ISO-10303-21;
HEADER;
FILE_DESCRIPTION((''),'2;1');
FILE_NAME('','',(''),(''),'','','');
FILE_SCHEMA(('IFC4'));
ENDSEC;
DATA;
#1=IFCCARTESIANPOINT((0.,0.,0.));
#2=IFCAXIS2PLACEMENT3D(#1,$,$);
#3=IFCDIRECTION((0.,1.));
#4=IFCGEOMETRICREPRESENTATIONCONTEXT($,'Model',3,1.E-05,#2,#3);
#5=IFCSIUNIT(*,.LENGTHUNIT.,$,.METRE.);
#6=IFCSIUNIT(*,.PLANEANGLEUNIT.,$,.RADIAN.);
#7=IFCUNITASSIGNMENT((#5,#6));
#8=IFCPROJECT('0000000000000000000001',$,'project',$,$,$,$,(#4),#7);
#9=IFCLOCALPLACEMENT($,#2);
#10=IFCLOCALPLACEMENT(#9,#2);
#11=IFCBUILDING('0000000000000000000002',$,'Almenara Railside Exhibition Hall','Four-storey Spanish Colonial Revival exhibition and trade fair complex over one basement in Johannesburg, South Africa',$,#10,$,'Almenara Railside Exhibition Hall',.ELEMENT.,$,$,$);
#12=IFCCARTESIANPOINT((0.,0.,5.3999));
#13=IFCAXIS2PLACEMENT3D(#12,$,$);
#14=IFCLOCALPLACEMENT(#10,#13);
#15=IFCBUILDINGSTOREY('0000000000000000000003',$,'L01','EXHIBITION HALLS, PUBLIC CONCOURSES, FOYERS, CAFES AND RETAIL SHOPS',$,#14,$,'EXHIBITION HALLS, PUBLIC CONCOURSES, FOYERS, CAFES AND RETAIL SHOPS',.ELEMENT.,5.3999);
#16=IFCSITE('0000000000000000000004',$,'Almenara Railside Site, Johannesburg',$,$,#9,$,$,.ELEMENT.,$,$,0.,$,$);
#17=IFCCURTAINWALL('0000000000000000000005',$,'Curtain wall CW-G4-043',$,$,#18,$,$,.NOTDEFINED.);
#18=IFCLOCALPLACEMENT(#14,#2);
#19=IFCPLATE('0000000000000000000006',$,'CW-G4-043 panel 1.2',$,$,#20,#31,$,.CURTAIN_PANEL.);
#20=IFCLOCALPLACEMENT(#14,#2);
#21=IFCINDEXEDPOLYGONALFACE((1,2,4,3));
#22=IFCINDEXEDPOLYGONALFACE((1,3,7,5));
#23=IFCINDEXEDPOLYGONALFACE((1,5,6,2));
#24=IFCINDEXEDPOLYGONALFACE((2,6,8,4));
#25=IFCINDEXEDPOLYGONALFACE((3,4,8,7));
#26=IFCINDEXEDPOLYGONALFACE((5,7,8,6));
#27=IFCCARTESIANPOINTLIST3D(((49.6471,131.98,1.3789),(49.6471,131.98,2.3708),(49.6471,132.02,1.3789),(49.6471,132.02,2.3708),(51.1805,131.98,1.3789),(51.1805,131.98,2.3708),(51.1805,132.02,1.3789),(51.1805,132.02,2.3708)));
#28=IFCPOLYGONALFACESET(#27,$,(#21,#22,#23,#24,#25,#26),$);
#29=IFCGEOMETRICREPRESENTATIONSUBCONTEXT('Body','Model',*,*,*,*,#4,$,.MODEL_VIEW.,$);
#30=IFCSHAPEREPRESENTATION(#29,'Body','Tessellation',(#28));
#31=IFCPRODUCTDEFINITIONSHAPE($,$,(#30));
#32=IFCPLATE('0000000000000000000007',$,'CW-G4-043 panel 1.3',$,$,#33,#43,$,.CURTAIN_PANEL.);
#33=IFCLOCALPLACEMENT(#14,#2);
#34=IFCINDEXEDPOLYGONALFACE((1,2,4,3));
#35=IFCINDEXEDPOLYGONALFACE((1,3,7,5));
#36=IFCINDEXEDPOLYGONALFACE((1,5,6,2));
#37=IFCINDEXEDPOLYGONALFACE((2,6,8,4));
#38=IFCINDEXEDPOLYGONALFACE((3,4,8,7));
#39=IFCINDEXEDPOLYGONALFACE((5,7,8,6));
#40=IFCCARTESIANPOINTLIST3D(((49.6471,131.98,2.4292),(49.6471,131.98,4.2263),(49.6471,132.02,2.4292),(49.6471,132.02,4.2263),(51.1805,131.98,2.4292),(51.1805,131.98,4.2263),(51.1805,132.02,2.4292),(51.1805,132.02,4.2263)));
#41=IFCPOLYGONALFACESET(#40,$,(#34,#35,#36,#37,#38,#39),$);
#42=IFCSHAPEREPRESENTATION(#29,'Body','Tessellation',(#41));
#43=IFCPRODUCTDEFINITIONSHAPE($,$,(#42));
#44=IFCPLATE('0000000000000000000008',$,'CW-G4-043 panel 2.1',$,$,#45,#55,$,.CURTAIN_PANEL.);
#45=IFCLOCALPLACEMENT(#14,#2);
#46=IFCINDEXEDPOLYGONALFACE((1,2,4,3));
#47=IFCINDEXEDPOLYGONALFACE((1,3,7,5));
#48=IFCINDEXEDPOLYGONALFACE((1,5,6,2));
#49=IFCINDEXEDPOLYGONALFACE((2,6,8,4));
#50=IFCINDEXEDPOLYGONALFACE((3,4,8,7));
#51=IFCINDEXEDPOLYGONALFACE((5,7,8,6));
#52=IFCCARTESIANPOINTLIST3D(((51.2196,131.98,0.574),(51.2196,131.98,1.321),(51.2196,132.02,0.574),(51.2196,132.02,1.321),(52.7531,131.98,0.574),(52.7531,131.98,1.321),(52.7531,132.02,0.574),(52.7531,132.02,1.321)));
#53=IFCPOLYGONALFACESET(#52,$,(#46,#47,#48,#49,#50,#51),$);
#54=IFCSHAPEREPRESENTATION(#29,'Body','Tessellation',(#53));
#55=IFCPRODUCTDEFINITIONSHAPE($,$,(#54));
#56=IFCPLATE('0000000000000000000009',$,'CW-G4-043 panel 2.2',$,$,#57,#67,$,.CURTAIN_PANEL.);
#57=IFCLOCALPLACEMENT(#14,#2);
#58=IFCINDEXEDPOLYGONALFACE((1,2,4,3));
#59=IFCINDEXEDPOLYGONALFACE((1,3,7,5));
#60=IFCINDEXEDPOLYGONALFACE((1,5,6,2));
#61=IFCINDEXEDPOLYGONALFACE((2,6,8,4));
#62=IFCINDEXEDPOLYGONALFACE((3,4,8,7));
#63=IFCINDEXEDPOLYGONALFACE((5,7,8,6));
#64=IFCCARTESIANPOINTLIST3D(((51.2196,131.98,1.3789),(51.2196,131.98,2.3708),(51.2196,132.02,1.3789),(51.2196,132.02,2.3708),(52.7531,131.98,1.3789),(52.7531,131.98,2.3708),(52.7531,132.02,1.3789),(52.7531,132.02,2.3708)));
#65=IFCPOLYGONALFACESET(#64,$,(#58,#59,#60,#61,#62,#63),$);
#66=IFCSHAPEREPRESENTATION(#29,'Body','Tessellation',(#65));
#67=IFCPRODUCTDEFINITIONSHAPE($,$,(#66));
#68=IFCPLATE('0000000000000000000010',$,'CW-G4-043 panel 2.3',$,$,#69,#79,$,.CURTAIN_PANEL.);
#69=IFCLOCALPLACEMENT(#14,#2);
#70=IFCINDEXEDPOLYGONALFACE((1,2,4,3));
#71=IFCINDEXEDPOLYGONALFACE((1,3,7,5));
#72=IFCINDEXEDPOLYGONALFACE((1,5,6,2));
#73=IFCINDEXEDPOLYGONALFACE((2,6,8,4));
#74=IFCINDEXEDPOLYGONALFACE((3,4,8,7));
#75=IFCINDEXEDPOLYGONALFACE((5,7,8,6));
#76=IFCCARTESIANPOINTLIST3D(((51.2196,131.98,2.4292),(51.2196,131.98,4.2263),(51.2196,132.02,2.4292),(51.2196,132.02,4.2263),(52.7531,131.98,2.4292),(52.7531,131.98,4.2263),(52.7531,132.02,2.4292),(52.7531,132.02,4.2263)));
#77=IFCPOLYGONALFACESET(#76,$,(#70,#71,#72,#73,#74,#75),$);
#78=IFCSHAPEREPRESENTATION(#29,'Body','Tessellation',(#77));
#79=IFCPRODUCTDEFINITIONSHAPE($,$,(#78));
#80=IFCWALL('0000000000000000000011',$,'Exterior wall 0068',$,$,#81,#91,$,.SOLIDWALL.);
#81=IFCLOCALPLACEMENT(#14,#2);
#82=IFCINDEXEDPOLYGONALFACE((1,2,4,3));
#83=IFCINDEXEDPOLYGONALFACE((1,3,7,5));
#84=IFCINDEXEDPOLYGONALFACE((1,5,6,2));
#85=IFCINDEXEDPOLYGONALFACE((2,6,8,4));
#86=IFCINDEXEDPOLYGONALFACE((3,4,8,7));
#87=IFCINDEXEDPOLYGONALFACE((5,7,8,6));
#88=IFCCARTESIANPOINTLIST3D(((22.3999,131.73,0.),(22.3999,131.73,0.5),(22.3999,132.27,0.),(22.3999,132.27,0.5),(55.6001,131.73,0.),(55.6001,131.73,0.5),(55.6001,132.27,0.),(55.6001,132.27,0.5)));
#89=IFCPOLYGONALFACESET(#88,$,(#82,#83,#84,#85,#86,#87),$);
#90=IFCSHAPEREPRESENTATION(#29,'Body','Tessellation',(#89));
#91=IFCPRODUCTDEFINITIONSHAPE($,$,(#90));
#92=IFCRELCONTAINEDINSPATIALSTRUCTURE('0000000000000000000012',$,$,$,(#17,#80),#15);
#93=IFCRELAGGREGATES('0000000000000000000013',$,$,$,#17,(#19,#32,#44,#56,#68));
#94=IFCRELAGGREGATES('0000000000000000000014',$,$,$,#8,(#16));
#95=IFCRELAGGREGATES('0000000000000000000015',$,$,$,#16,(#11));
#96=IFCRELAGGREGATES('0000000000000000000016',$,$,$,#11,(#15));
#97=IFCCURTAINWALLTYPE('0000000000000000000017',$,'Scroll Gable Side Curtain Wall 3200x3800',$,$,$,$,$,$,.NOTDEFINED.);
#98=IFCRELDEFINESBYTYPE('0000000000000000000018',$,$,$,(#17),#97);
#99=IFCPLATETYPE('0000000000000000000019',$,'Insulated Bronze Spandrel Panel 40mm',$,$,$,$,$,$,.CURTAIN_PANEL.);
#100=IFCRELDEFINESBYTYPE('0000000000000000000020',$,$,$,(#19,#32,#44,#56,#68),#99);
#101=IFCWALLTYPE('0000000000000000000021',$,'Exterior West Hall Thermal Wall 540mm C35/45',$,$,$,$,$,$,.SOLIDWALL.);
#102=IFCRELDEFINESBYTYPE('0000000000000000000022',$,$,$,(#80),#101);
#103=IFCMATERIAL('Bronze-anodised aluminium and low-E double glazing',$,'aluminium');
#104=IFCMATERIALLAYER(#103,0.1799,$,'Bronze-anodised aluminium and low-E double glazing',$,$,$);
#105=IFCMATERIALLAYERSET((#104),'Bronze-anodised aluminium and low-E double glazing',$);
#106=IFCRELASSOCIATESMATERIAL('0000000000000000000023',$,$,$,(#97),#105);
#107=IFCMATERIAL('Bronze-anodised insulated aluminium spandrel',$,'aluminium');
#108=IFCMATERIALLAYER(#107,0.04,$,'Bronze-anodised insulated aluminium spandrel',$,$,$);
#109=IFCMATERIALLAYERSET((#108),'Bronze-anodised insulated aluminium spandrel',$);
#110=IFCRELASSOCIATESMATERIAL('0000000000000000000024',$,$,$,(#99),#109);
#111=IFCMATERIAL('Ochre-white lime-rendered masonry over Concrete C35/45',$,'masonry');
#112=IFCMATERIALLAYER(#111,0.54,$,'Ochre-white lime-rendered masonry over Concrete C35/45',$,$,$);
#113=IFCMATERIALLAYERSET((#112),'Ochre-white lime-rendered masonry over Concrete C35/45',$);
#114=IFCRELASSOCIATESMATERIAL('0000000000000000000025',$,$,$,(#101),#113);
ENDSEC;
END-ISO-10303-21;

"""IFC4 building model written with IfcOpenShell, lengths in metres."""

from ifc_helpers import new_model, si_unit, direction, frame, frame_2d, origin, origin_2d, place, context, subcontext, project, spatial, rectangle, extrude, material, layer, layer_set, type_object, element, aggregate, save


model = new_model("IFC4")

# Units and contexts
model_context = context("Model", 3, precision=1e-05, world=origin(), true_north=direction((0.0, 1.0)))
body_context = subcontext(model_context, "Body", "Model", "MODEL_VIEW")
ifc_project = project(units=[si_unit("LENGTHUNIT", "METRE"), si_unit("PLANEANGLEUNIT", "RADIAN")], contexts=[model_context])

# Site, building, storey
site_placement = place(None, origin())
site = spatial("IfcSite", under=ifc_project, at=site_placement, Name="Almenara Railside Site, Johannesburg", CompositionType="ELEMENT", RefElevation=0.0)
building_placement = place(site_placement, origin())
building = spatial("IfcBuilding", under=site, at=building_placement, Name="Almenara Railside Exhibition Hall", Description="Four-storey Spanish Colonial Revival exhibition and trade fair complex over one basement in Johannesburg, South Africa", LongName="Almenara Railside Exhibition Hall", CompositionType="ELEMENT")
storey_placement = place(building_placement, frame((0.0, 0.0, 5.3999)))
storey = spatial("IfcBuildingStorey", under=building, at=storey_placement, Name="L01", Description="EXHIBITION HALLS, PUBLIC CONCOURSES, FOYERS, CAFES AND RETAIL SHOPS", LongName="EXHIBITION HALLS, PUBLIC CONCOURSES, FOYERS, CAFES AND RETAIL SHOPS", CompositionType="ELEMENT", Elevation=5.3999)

# Curtain wall
ifc_material_1 = material(Name="Bronze-anodised aluminium and low-E double glazing", Category="aluminium")
ifc_layer_1 = layer(ifc_material_1, 0.1799, Name="Bronze-anodised aluminium and low-E double glazing")
ifc_layer_set_1 = layer_set([ifc_layer_1], Name="Bronze-anodised aluminium and low-E double glazing")
curtain_wall_type_1 = type_object("IfcCurtainWallType", Name="Scroll Gable Side Curtain Wall 3200x3800", PredefinedType="NOTDEFINED", material=ifc_layer_set_1)
curtain_wall_1_placement = place(storey_placement, origin())
curtain_wall_1 = element("IfcCurtainWall", 1, at=curtain_wall_1_placement, inside=storey, type_object=curtain_wall_type_1, Name="Curtain wall CW-G4-043", PredefinedType="NOTDEFINED")

# Plates
ifc_material_2 = material(Name="Bronze-anodised insulated aluminium spandrel", Category="aluminium")
ifc_layer_2 = layer(ifc_material_2, 0.04, Name="Bronze-anodised insulated aluminium spandrel")
ifc_layer_set_2 = layer_set([ifc_layer_2], Name="Bronze-anodised insulated aluminium spandrel")
plate_type_1 = type_object("IfcPlateType", Name="Insulated Bronze Spandrel Panel 40mm", PredefinedType="CURTAIN_PANEL", material=ifc_layer_set_2)
plate_1_placement = place(storey_placement, frame((50.4138, 132.0, 1.3789), z_axis=(0.0, 0.0, 1.0), x_axis=(1.0, 0.0, 0.0)))
plate_1 = element("IfcPlate", 2, at=plate_1_placement, type_object=plate_type_1, Name="CW-G4-043 panel 1.2", PredefinedType="CURTAIN_PANEL", context=body_context, shape_type="SweptSolid", body=[
    extrude(rectangle(XDim=1.5334, YDim=0.04, at=origin_2d()), origin(), (0.0, 0.0, 1.0), 0.9919),
])
plate_2_placement = place(storey_placement, frame((50.4138, 132.0, 2.4292), z_axis=(0.0, 0.0, 1.0), x_axis=(1.0, 0.0, 0.0)))
plate_2 = element("IfcPlate", 3, at=plate_2_placement, type_object=plate_type_1, Name="CW-G4-043 panel 1.3", PredefinedType="CURTAIN_PANEL", context=body_context, shape_type="SweptSolid", body=[
    extrude(rectangle(XDim=1.5334, YDim=0.04, at=origin_2d()), origin(), (0.0, 0.0, 1.0), 1.7971),
])
plate_3_placement = place(storey_placement, frame((51.9863, 132.0, 0.574), z_axis=(0.0, 0.0, 1.0), x_axis=(1.0, 0.0, 0.0)))
plate_3 = element("IfcPlate", 4, at=plate_3_placement, type_object=plate_type_1, Name="CW-G4-043 panel 2.1", PredefinedType="CURTAIN_PANEL", context=body_context, shape_type="SweptSolid", body=[
    extrude(rectangle(XDim=1.5334, YDim=0.04, at=origin_2d()), origin(), (0.0, 0.0, 1.0), 0.7471),
])
plate_4_placement = place(storey_placement, frame((51.9863, 132.0, 1.3789), z_axis=(0.0, 0.0, 1.0), x_axis=(1.0, 0.0, 0.0)))
plate_4 = element("IfcPlate", 5, at=plate_4_placement, type_object=plate_type_1, Name="CW-G4-043 panel 2.2", PredefinedType="CURTAIN_PANEL", context=body_context, shape_type="SweptSolid", body=[
    extrude(rectangle(XDim=1.5334, YDim=0.04, at=origin_2d()), origin(), (0.0, 0.0, 1.0), 0.9919),
])
plate_5_placement = place(storey_placement, frame((51.9863, 132.0, 2.4292), z_axis=(0.0, 0.0, 1.0), x_axis=(1.0, 0.0, 0.0)))
plate_5 = element("IfcPlate", 6, at=plate_5_placement, type_object=plate_type_1, Name="CW-G4-043 panel 2.3", PredefinedType="CURTAIN_PANEL", context=body_context, shape_type="SweptSolid", body=[
    extrude(rectangle(XDim=1.5334, YDim=0.04, at=origin_2d()), origin(), (0.0, 0.0, 1.0), 1.7971),
])
aggregate(curtain_wall_1, [plate_1, plate_2, plate_3, plate_4, plate_5])

# Wall
ifc_material_3 = material(Name="Ochre-white lime-rendered masonry over Concrete C35/45", Category="masonry")
ifc_layer_3 = layer(ifc_material_3, 0.54, Name="Ochre-white lime-rendered masonry over Concrete C35/45")
ifc_layer_set_3 = layer_set([ifc_layer_3], Name="Ochre-white lime-rendered masonry over Concrete C35/45")
wall_type = type_object("IfcWallType", Name="Exterior West Hall Thermal Wall 540mm C35/45", PredefinedType="SOLIDWALL", material=ifc_layer_set_3)
wall_placement = place(storey_placement, frame((55.6001, 132.0, 0.0), z_axis=(0.0, 0.0, 1.0), x_axis=(-1.0, 0.0, 0.0)))
element("IfcWall", 7, at=wall_placement, inside=storey, type_object=wall_type, Name="Exterior wall 0068", PredefinedType="SOLIDWALL", context=body_context, shape_type="SweptSolid", body=[
    extrude(rectangle(XDim=33.2002, YDim=0.54, at=frame_2d((16.6001, 0.0))), origin(), (0.0, 0.0, 1.0), 0.5),
])

save(model, "model.ifc")
